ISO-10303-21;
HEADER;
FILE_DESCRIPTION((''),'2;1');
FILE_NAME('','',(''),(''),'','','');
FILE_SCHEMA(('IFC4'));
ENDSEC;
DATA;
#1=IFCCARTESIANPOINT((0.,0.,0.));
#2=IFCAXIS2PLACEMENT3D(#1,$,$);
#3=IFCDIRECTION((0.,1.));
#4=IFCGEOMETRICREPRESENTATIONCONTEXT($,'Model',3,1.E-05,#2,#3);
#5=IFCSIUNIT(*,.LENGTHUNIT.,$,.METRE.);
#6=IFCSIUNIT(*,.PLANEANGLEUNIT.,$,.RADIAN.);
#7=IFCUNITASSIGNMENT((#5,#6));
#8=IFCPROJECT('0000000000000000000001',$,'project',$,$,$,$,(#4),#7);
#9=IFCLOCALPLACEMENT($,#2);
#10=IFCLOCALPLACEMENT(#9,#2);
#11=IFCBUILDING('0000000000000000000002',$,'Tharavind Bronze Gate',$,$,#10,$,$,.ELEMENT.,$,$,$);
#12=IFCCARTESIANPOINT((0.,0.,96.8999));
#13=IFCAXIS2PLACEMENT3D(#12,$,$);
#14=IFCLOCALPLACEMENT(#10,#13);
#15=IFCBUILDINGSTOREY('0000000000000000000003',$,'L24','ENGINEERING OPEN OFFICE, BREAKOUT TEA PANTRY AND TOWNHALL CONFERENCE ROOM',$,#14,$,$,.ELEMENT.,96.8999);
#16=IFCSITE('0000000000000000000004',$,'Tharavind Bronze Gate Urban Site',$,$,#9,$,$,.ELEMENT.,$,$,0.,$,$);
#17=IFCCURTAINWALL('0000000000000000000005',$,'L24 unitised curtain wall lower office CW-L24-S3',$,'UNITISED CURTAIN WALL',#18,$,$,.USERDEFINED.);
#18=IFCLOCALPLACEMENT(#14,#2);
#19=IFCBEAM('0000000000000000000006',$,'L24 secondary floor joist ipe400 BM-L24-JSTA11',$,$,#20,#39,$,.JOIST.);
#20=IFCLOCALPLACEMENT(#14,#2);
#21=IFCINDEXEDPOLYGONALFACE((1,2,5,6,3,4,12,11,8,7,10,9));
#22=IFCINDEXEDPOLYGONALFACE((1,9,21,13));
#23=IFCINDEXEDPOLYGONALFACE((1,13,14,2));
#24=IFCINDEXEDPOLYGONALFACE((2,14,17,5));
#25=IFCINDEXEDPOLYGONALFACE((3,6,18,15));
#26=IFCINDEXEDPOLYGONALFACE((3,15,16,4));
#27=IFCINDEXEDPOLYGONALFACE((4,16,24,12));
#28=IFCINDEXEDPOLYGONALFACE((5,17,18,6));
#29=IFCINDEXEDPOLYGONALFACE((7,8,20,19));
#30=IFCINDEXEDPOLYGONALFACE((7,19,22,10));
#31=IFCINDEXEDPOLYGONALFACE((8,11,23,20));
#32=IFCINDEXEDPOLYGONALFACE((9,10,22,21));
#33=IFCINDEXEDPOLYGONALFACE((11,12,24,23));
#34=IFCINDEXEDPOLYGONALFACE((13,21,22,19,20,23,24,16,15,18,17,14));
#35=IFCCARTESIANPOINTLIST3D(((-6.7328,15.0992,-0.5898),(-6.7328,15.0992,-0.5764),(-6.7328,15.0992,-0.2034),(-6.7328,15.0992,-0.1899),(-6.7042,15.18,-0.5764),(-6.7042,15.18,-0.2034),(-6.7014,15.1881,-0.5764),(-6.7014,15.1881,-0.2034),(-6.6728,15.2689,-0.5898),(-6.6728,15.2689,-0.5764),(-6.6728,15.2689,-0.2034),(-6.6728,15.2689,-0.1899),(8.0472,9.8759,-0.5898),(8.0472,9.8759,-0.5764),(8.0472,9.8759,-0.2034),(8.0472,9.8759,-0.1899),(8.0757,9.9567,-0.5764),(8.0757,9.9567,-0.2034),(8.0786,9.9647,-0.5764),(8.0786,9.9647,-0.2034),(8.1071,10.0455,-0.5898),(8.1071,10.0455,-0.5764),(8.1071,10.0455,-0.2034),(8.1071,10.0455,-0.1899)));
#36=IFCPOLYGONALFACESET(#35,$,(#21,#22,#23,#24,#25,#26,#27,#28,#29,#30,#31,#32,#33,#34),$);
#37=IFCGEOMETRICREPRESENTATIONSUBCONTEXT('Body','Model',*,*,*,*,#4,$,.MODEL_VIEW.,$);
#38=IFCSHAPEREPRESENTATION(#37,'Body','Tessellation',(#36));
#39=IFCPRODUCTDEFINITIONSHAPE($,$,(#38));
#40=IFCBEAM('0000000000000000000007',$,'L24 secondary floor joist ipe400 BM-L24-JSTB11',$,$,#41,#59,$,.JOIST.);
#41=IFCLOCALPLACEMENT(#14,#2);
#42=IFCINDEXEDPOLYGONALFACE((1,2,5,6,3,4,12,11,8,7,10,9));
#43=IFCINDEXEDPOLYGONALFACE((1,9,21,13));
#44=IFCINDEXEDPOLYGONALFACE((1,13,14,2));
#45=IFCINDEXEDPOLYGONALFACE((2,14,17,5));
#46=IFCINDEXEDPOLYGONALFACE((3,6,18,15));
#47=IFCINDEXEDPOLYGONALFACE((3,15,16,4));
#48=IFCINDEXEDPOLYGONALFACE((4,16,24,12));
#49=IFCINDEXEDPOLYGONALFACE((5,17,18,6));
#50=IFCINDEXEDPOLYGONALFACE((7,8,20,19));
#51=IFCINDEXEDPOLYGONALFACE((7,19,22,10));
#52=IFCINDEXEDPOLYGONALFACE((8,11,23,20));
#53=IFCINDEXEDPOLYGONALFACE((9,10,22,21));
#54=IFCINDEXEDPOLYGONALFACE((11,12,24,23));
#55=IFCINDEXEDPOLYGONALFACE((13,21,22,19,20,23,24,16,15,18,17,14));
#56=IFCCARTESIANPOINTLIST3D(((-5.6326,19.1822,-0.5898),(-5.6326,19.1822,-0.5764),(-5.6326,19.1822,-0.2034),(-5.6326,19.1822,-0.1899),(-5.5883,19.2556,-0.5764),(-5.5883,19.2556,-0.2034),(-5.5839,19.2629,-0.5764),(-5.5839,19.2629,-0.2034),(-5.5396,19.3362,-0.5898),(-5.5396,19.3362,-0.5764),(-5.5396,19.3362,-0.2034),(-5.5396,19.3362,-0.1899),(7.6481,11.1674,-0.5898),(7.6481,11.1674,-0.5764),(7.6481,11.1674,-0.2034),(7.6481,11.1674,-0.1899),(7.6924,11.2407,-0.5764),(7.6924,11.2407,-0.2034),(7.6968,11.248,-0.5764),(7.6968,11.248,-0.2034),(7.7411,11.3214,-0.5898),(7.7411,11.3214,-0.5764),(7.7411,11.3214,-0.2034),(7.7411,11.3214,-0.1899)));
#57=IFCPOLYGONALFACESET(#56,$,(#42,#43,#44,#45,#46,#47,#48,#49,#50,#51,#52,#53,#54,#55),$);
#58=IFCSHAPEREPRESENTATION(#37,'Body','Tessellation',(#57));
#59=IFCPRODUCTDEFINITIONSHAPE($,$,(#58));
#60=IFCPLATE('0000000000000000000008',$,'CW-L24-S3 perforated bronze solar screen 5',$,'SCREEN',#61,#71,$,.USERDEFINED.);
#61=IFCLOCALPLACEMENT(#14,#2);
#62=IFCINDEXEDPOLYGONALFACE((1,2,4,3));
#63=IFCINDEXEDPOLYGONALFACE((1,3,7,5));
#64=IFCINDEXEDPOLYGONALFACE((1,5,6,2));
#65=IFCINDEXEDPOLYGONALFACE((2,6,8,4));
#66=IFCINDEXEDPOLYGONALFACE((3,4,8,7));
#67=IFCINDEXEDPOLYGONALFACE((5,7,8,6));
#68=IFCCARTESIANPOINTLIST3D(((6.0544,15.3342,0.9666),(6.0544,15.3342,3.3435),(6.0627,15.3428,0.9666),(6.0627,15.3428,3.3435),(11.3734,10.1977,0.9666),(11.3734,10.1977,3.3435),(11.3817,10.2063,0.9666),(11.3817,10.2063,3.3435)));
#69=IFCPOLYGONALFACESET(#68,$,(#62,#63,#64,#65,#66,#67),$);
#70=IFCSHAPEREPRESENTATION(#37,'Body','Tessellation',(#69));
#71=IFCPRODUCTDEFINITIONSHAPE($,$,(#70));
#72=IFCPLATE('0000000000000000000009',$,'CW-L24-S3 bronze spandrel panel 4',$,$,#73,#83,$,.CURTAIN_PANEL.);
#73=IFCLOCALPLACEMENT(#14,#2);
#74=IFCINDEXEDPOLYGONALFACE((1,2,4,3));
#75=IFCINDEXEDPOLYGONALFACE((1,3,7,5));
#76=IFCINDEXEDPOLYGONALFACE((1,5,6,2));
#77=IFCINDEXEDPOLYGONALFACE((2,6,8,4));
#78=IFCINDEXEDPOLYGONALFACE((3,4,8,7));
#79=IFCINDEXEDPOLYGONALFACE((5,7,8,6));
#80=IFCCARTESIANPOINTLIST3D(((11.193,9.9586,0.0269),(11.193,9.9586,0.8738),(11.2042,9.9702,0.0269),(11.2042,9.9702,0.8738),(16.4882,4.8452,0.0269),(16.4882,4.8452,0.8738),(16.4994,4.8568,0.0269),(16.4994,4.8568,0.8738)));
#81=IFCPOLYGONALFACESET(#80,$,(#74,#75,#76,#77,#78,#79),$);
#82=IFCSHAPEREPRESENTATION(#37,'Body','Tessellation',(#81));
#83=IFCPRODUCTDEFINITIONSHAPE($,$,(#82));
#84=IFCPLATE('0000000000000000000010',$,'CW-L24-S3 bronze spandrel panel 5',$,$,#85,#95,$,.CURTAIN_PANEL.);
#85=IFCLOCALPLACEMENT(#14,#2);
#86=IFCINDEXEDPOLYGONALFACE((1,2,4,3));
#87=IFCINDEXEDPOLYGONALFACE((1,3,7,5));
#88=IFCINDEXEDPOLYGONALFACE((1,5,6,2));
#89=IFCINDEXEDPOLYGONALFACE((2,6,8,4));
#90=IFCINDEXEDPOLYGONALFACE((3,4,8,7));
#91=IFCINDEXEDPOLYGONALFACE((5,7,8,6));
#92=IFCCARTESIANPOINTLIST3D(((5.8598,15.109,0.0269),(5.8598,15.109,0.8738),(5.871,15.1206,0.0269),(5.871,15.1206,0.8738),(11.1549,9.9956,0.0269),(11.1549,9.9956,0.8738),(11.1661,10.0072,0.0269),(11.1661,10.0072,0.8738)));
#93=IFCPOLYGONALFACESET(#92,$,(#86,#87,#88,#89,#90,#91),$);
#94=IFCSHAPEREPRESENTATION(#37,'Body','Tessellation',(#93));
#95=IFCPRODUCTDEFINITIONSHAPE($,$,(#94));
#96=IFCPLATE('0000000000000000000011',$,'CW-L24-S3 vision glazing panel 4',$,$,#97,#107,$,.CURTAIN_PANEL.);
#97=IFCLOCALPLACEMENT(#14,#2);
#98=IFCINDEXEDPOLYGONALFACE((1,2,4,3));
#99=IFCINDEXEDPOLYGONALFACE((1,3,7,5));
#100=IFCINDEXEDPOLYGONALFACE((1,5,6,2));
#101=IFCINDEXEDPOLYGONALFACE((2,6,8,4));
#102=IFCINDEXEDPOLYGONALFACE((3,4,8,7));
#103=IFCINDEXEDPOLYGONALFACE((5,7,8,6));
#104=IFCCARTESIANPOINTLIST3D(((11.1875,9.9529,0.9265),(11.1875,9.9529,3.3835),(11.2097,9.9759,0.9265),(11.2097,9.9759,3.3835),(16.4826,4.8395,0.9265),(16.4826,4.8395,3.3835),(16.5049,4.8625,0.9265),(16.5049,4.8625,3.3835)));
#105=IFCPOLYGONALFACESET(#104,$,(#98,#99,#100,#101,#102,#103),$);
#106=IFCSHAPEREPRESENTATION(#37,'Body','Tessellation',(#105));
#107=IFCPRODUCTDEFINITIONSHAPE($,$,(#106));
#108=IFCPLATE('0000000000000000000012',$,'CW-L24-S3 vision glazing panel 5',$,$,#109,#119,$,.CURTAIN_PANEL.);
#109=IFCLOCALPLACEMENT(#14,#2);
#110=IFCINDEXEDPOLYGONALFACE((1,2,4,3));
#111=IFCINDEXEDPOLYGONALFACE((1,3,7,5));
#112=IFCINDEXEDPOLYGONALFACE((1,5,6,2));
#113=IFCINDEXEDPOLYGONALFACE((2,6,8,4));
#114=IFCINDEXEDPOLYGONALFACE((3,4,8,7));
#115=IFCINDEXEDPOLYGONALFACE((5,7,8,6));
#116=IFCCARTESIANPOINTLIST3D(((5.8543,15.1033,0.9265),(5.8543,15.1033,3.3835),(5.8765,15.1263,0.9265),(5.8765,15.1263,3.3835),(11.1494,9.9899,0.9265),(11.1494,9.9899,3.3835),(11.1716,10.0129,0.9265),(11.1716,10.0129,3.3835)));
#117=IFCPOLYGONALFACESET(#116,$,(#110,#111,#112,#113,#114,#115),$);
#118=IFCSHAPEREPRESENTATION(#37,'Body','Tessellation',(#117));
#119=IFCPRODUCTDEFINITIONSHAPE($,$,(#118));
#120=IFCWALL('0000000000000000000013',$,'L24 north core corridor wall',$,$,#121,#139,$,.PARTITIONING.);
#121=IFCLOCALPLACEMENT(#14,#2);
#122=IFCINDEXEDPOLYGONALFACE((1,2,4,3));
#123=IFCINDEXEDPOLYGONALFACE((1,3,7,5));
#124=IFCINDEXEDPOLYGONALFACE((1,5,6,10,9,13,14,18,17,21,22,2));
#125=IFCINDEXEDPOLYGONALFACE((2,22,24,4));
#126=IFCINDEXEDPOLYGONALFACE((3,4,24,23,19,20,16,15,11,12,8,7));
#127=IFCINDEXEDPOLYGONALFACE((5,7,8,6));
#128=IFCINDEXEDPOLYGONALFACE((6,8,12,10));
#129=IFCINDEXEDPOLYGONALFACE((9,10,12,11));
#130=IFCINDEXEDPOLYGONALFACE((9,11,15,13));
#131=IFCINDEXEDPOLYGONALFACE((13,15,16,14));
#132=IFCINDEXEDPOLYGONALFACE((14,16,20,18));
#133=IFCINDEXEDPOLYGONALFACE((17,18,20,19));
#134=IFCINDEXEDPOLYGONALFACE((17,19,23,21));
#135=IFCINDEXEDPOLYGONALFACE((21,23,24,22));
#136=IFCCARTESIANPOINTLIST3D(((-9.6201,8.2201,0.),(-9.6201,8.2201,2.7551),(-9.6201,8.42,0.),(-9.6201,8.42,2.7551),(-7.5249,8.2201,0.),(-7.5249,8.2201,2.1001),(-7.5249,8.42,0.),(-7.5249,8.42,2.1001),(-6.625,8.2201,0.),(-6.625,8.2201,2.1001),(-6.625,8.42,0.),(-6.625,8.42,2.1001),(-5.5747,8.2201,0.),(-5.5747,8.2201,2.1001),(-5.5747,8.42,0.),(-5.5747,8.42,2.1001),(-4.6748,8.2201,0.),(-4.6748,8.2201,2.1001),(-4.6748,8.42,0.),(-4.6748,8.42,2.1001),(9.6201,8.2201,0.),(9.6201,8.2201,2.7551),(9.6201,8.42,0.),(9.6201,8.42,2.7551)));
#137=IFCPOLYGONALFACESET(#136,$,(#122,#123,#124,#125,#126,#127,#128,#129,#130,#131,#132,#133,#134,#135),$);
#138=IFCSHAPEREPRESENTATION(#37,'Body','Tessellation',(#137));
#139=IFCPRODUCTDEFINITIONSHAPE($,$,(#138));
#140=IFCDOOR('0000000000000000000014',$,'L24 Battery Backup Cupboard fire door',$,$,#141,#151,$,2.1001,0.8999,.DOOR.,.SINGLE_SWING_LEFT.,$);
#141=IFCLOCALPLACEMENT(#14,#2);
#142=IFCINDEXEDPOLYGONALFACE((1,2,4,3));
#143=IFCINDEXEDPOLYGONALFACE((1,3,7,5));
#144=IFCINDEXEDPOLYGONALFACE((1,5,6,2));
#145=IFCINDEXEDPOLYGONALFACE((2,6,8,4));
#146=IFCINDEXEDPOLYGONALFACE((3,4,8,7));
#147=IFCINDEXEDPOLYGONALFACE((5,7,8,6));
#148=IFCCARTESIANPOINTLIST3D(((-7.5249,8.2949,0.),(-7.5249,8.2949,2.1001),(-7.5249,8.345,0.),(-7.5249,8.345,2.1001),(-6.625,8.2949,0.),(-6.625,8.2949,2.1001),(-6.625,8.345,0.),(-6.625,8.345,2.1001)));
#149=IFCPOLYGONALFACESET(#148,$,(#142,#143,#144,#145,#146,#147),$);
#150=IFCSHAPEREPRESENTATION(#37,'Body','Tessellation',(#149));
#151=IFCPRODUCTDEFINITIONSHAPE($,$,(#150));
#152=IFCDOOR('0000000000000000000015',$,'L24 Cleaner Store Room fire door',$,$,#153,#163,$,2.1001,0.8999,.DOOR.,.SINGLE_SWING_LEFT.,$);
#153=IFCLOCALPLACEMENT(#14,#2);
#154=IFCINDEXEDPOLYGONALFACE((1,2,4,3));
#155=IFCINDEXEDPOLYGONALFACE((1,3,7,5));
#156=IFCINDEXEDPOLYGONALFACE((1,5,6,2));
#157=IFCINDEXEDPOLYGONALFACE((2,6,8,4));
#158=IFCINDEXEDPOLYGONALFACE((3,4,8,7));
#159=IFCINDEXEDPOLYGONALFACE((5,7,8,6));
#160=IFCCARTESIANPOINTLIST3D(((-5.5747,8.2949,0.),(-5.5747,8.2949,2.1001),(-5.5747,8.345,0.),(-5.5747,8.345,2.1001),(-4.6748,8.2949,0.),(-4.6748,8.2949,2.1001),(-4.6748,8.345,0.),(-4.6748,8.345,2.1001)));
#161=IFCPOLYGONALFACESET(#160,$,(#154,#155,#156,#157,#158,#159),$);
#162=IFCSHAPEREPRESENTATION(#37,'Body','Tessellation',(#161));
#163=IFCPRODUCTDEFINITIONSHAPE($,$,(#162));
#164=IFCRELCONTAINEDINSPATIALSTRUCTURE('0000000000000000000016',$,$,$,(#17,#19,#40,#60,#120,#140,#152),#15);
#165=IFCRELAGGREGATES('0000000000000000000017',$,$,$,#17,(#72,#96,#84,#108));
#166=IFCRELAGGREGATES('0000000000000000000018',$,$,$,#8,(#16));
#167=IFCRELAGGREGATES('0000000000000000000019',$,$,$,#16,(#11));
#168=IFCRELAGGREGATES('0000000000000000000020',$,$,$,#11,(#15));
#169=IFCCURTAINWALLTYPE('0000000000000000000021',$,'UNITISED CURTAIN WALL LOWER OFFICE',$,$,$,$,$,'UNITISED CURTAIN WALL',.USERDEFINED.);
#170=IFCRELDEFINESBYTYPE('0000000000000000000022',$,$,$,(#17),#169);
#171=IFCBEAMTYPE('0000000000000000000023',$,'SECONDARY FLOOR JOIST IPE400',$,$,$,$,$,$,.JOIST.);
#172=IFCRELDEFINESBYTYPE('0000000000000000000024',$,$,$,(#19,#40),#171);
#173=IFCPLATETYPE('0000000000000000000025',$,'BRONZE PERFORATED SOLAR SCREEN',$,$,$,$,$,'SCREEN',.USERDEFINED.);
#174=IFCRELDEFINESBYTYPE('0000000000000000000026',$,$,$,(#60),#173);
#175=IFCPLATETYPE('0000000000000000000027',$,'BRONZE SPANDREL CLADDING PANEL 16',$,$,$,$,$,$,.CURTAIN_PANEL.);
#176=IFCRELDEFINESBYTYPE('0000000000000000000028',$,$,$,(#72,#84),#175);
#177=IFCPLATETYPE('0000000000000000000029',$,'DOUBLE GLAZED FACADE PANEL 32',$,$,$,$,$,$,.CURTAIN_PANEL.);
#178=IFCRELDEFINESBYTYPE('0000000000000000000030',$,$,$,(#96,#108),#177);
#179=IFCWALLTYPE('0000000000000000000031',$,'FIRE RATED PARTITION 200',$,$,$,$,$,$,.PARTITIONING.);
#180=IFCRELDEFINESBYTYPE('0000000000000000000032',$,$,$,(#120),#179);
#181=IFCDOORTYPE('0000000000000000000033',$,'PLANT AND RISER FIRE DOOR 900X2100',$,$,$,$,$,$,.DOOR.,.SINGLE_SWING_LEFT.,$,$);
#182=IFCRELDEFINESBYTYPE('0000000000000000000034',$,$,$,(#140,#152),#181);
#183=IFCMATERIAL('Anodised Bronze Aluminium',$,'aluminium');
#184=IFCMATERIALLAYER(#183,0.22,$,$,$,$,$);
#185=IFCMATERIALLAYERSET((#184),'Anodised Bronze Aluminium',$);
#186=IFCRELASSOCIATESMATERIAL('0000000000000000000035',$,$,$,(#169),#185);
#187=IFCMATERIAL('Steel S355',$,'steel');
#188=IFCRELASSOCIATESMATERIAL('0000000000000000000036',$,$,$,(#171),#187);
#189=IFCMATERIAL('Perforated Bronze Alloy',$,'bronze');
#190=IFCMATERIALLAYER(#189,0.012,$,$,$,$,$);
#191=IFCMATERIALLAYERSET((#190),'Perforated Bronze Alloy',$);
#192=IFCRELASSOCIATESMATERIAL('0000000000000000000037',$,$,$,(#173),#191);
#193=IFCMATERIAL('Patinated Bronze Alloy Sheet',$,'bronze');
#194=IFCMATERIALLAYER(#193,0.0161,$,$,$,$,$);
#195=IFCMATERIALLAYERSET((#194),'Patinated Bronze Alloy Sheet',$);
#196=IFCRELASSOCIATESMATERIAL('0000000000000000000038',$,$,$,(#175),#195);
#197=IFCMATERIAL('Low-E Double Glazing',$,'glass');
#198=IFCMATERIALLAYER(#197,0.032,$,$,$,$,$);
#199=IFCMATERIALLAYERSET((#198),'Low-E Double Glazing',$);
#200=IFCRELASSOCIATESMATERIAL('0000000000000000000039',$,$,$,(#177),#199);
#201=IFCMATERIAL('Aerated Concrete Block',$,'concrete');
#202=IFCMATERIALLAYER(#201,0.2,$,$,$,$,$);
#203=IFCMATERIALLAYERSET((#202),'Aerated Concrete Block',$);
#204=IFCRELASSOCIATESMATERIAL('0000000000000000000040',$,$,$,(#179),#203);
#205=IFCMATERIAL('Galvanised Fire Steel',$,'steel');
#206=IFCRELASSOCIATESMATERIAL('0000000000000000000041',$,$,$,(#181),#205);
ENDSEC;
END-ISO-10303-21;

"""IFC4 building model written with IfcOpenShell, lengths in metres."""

from ifc_helpers import new_model, si_unit, direction, frame, frame_2d, origin, origin_2d, place, context, subcontext, project, spatial, rectangle, i_section, extrude, material, layer, layer_set, material_profile, profile_set, type_object, element, fill, aggregate, save


model = new_model("IFC4")

# Units and contexts
model_context = context("Model", 3, precision=1e-05, world=origin(), true_north=direction((0.0, 1.0)))
body_context = subcontext(model_context, "Body", "Model", "MODEL_VIEW")
ifc_project = project(units=[si_unit("LENGTHUNIT", "METRE"), si_unit("PLANEANGLEUNIT", "RADIAN")], contexts=[model_context])

# Site, building, storey
site_placement = place(None, origin())
site = spatial("IfcSite", under=ifc_project, at=site_placement, Name="Tharavind Bronze Gate Urban Site", CompositionType="ELEMENT", RefElevation=0.0)
building_placement = place(site_placement, origin())
building = spatial("IfcBuilding", under=site, at=building_placement, Name="Tharavind Bronze Gate", CompositionType="ELEMENT")
storey_placement = place(building_placement, frame((0.0, 0.0, 96.8999)))
storey = spatial("IfcBuildingStorey", under=building, at=storey_placement, Name="L24", Description="ENGINEERING OPEN OFFICE, BREAKOUT TEA PANTRY AND TOWNHALL CONFERENCE ROOM", CompositionType="ELEMENT", Elevation=96.8999)

# Curtain wall
ifc_material_1 = material(Name="Anodised Bronze Aluminium", Category="aluminium")
ifc_layer_1 = layer(ifc_material_1, 0.22)
ifc_layer_set_1 = layer_set([ifc_layer_1], Name="Anodised Bronze Aluminium")
curtain_wall_type = type_object("IfcCurtainWallType", Name="UNITISED CURTAIN WALL LOWER OFFICE", ElementType="UNITISED CURTAIN WALL", PredefinedType="USERDEFINED", material=ifc_layer_set_1)
curtain_wall_placement = place(storey_placement, origin())
curtain_wall = element("IfcCurtainWall", 1, at=curtain_wall_placement, inside=storey, type_object=curtain_wall_type, Name="L24 unitised curtain wall lower office CW-L24-S3", ObjectType="UNITISED CURTAIN WALL", PredefinedType="USERDEFINED")

# Beams
ifc_material_2 = material(Name="Steel S355", Category="steel")
ifc_material_profile_1 = material_profile(ifc_material_2, i_section(OverallWidth=0.1799, OverallDepth=0.3999, WebThickness=0.0085, FlangeThickness=0.0134, at=origin_2d()), Name="IPE400")
ifc_profile_set_1 = profile_set([ifc_material_profile_1], Name="Steel S355")
beam_type_1 = type_object("IfcBeamType", Name="SECONDARY FLOOR JOIST IPE400", PredefinedType="JOIST", material=ifc_profile_set_1)
beam_1_placement = place(storey_placement, frame((8.0771, 9.9607, -0.3899), z_axis=(-0.942852, 0.333212, 0.0), x_axis=(-0.333212, -0.942852, 0.0)))
element("IfcBeam", 2, at=beam_1_placement, inside=storey, type_object=beam_type_1, Name="L24 secondary floor joist ipe400 BM-L24-JSTA11", PredefinedType="JOIST", context=body_context, shape_type="SweptSolid", body=[
    extrude(i_section(OverallWidth=0.1799, OverallDepth=0.3999, WebThickness=0.0085, FlangeThickness=0.0134, at=origin_2d()), origin(), (0.0, 0.0, 1.0), 15.6758),
])
beam_2_placement = place(storey_placement, frame((7.6946, 11.2444, -0.3899), z_axis=(-0.856169, 0.516695, 0.0), x_axis=(-0.516695, -0.856169, 0.0)))
element("IfcBeam", 3, at=beam_2_placement, inside=storey, type_object=beam_type_1, Name="L24 secondary floor joist ipe400 BM-L24-JSTB11", PredefinedType="JOIST", context=body_context, shape_type="SweptSolid", body=[
    extrude(i_section(OverallWidth=0.1799, OverallDepth=0.3999, WebThickness=0.0085, FlangeThickness=0.0134, at=origin_2d()), origin(), (0.0, 0.0, 1.0), 15.5117),
])

# Plates
ifc_material_3 = material(Name="Perforated Bronze Alloy", Category="bronze")
ifc_layer_2 = layer(ifc_material_3, 0.012)
ifc_layer_set_2 = layer_set([ifc_layer_2], Name="Perforated Bronze Alloy")
plate_type_1 = type_object("IfcPlateType", Name="BRONZE PERFORATED SOLAR SCREEN", ElementType="SCREEN", PredefinedType="USERDEFINED", material=ifc_layer_set_2)
plate_1_placement = place(storey_placement, frame((8.718, 12.7703, 0.9666), z_axis=(0.0, 0.0, 1.0), x_axis=(-0.719341, 0.694657, 0.0)))
element("IfcPlate", 4, at=plate_1_placement, inside=storey, type_object=plate_type_1, Name="CW-L24-S3 perforated bronze solar screen 5", ObjectType="SCREEN", PredefinedType="USERDEFINED", context=body_context, shape_type="SweptSolid", body=[
    extrude(rectangle(XDim=7.3943, YDim=0.012, at=origin_2d()), origin(), (0.0, 0.0, 1.0), 2.377),
])
ifc_material_4 = material(Name="Patinated Bronze Alloy Sheet", Category="bronze")
ifc_layer_3 = layer(ifc_material_4, 0.0161)
ifc_layer_set_3 = layer_set([ifc_layer_3], Name="Patinated Bronze Alloy Sheet")
plate_type_2 = type_object("IfcPlateType", Name="BRONZE SPANDREL CLADDING PANEL 16", PredefinedType="CURTAIN_PANEL", material=ifc_layer_set_3)
plate_2_placement = place(storey_placement, frame((13.8462, 7.4077, 0.0269), z_axis=(0.0, 0.0, 1.0), x_axis=(-0.719341, 0.694657, 0.0)))
plate_2 = element("IfcPlate", 5, at=plate_2_placement, type_object=plate_type_2, Name="CW-L24-S3 bronze spandrel panel 4", PredefinedType="CURTAIN_PANEL", context=body_context, shape_type="SweptSolid", body=[
    extrude(rectangle(XDim=7.3611, YDim=0.0161, at=origin_2d()), origin(), (0.0, 0.0, 1.0), 0.8469),
])
plate_3_placement = place(storey_placement, frame((8.5129, 12.5581, 0.0269), z_axis=(0.0, 0.0, 1.0), x_axis=(-0.719341, 0.694657, 0.0)))
plate_3 = element("IfcPlate", 6, at=plate_3_placement, type_object=plate_type_2, Name="CW-L24-S3 bronze spandrel panel 5", PredefinedType="CURTAIN_PANEL", context=body_context, shape_type="SweptSolid", body=[
    extrude(rectangle(XDim=7.3611, YDim=0.0161, at=origin_2d()), origin(), (0.0, 0.0, 1.0), 0.8469),
])
ifc_material_5 = material(Name="Low-E Double Glazing", Category="glass")
ifc_layer_4 = layer(ifc_material_5, 0.032)
ifc_layer_set_4 = layer_set([ifc_layer_4], Name="Low-E Double Glazing")
plate_type_3 = type_object("IfcPlateType", Name="DOUBLE GLAZED FACADE PANEL 32", PredefinedType="CURTAIN_PANEL", material=ifc_layer_set_4)
plate_4_placement = place(storey_placement, frame((13.8462, 7.4077, 0.9265), z_axis=(0.0, 0.0, 1.0), x_axis=(-0.719341, 0.694657, 0.0)))
plate_4 = element("IfcPlate", 7, at=plate_4_placement, type_object=plate_type_3, Name="CW-L24-S3 vision glazing panel 4", PredefinedType="CURTAIN_PANEL", context=body_context, shape_type="SweptSolid", body=[
    extrude(rectangle(XDim=7.3611, YDim=0.032, at=origin_2d()), origin(), (0.0, 0.0, 1.0), 2.457),
])
plate_5_placement = place(storey_placement, frame((8.5129, 12.5581, 0.9265), z_axis=(0.0, 0.0, 1.0), x_axis=(-0.719341, 0.694657, 0.0)))
plate_5 = element("IfcPlate", 8, at=plate_5_placement, type_object=plate_type_3, Name="CW-L24-S3 vision glazing panel 5", PredefinedType="CURTAIN_PANEL", context=body_context, shape_type="SweptSolid", body=[
    extrude(rectangle(XDim=7.3611, YDim=0.032, at=origin_2d()), origin(), (0.0, 0.0, 1.0), 2.457),
])
aggregate(curtain_wall, [plate_2, plate_4, plate_3, plate_5])

# Wall, openings, doors
ifc_material_6 = material(Name="Aerated Concrete Block", Category="concrete")
ifc_layer_5 = layer(ifc_material_6, 0.2)
ifc_layer_set_5 = layer_set([ifc_layer_5], Name="Aerated Concrete Block")
wall_type = type_object("IfcWallType", Name="FIRE RATED PARTITION 200", PredefinedType="PARTITIONING", material=ifc_layer_set_5)
wall_1_placement = place(storey_placement, frame((9.6201, 8.3201, 0.0), z_axis=(0.0, 0.0, 1.0), x_axis=(-1.0, 0.0, 0.0)))
wall_1 = element("IfcWall", 9, at=wall_1_placement, inside=storey, type_object=wall_type, Name="L24 north core corridor wall", PredefinedType="PARTITIONING", context=body_context, shape_type="SweptSolid", body=[
    extrude(rectangle(XDim=19.2402, YDim=0.2, at=frame_2d((9.6201, 0.0))), origin(), (0.0, 0.0, 1.0), 2.7551),
])
opening_1_placement = place(wall_1_placement, frame((16.2451, 0.0, 0.0)))
opening_1 = element("IfcOpeningElement", 10, at=opening_1_placement, cuts=wall_1, PredefinedType="OPENING", context=body_context, shape_type="SweptSolid", body=[
    extrude(rectangle(XDim=0.8999, YDim=2.1001, at=frame_2d((0.45, 1.05))), frame((0.0, 0.1101, 0.0), z_axis=(0.0, -1.0, 0.0), x_axis=(1.0, 0.0, 0.0)), (0.0, 0.0, 1.0), 0.22),
])
opening_2_placement = place(wall_1_placement, frame((14.2949, 0.0, 0.0)))
opening_2 = element("IfcOpeningElement", 11, at=opening_2_placement, cuts=wall_1, PredefinedType="OPENING", context=body_context, shape_type="SweptSolid", body=[
    extrude(rectangle(XDim=0.8999, YDim=2.1001, at=frame_2d((0.45, 1.05))), frame((0.0, 0.1101, 0.0), z_axis=(0.0, -1.0, 0.0), x_axis=(1.0, 0.0, 0.0)), (0.0, 0.0, 1.0), 0.22),
])
ifc_material_7 = material(Name="Galvanised Fire Steel", Category="steel")
door_type_1 = type_object("IfcDoorType", Name="PLANT AND RISER FIRE DOOR 900X2100", OperationType="SINGLE_SWING_LEFT", PredefinedType="DOOR", material=ifc_material_7)
door_1_placement = place(opening_1_placement, frame((0.8999, 0.0, 0.0), z_axis=(0.0, 0.0, 1.0), x_axis=(-1.0, 0.0, 0.0)))
door_1 = element("IfcDoor", 12, at=door_1_placement, inside=storey, type_object=door_type_1, Name="L24 Battery Backup Cupboard fire door", OperationType="SINGLE_SWING_LEFT", OverallHeight=2.1001, OverallWidth=0.8999, PredefinedType="DOOR", context=body_context, shape_type="SweptSolid", body=[
    extrude(rectangle(XDim=0.8999, YDim=2.1001, at=frame_2d((0.45, 1.05))), frame((0.0, 0.0249, 0.0), z_axis=(0.0, -1.0, 0.0), x_axis=(1.0, 0.0, 0.0)), (0.0, 0.0, 1.0), 0.05),
])
fill(opening_1, door_1)
door_2_placement = place(opening_2_placement, frame((0.8999, 0.0, 0.0), z_axis=(0.0, 0.0, 1.0), x_axis=(-1.0, 0.0, 0.0)))
door_2 = element("IfcDoor", 13, at=door_2_placement, inside=storey, type_object=door_type_1, Name="L24 Cleaner Store Room fire door", OperationType="SINGLE_SWING_LEFT", OverallHeight=2.1001, OverallWidth=0.8999, PredefinedType="DOOR", context=body_context, shape_type="SweptSolid", body=[
    extrude(rectangle(XDim=0.8999, YDim=2.1001, at=frame_2d((0.45, 1.05))), frame((0.0, 0.0249, 0.0), z_axis=(0.0, -1.0, 0.0), x_axis=(1.0, 0.0, 0.0)), (0.0, 0.0, 1.0), 0.05),
])
fill(opening_2, door_2)

save(model, "model.ifc")
